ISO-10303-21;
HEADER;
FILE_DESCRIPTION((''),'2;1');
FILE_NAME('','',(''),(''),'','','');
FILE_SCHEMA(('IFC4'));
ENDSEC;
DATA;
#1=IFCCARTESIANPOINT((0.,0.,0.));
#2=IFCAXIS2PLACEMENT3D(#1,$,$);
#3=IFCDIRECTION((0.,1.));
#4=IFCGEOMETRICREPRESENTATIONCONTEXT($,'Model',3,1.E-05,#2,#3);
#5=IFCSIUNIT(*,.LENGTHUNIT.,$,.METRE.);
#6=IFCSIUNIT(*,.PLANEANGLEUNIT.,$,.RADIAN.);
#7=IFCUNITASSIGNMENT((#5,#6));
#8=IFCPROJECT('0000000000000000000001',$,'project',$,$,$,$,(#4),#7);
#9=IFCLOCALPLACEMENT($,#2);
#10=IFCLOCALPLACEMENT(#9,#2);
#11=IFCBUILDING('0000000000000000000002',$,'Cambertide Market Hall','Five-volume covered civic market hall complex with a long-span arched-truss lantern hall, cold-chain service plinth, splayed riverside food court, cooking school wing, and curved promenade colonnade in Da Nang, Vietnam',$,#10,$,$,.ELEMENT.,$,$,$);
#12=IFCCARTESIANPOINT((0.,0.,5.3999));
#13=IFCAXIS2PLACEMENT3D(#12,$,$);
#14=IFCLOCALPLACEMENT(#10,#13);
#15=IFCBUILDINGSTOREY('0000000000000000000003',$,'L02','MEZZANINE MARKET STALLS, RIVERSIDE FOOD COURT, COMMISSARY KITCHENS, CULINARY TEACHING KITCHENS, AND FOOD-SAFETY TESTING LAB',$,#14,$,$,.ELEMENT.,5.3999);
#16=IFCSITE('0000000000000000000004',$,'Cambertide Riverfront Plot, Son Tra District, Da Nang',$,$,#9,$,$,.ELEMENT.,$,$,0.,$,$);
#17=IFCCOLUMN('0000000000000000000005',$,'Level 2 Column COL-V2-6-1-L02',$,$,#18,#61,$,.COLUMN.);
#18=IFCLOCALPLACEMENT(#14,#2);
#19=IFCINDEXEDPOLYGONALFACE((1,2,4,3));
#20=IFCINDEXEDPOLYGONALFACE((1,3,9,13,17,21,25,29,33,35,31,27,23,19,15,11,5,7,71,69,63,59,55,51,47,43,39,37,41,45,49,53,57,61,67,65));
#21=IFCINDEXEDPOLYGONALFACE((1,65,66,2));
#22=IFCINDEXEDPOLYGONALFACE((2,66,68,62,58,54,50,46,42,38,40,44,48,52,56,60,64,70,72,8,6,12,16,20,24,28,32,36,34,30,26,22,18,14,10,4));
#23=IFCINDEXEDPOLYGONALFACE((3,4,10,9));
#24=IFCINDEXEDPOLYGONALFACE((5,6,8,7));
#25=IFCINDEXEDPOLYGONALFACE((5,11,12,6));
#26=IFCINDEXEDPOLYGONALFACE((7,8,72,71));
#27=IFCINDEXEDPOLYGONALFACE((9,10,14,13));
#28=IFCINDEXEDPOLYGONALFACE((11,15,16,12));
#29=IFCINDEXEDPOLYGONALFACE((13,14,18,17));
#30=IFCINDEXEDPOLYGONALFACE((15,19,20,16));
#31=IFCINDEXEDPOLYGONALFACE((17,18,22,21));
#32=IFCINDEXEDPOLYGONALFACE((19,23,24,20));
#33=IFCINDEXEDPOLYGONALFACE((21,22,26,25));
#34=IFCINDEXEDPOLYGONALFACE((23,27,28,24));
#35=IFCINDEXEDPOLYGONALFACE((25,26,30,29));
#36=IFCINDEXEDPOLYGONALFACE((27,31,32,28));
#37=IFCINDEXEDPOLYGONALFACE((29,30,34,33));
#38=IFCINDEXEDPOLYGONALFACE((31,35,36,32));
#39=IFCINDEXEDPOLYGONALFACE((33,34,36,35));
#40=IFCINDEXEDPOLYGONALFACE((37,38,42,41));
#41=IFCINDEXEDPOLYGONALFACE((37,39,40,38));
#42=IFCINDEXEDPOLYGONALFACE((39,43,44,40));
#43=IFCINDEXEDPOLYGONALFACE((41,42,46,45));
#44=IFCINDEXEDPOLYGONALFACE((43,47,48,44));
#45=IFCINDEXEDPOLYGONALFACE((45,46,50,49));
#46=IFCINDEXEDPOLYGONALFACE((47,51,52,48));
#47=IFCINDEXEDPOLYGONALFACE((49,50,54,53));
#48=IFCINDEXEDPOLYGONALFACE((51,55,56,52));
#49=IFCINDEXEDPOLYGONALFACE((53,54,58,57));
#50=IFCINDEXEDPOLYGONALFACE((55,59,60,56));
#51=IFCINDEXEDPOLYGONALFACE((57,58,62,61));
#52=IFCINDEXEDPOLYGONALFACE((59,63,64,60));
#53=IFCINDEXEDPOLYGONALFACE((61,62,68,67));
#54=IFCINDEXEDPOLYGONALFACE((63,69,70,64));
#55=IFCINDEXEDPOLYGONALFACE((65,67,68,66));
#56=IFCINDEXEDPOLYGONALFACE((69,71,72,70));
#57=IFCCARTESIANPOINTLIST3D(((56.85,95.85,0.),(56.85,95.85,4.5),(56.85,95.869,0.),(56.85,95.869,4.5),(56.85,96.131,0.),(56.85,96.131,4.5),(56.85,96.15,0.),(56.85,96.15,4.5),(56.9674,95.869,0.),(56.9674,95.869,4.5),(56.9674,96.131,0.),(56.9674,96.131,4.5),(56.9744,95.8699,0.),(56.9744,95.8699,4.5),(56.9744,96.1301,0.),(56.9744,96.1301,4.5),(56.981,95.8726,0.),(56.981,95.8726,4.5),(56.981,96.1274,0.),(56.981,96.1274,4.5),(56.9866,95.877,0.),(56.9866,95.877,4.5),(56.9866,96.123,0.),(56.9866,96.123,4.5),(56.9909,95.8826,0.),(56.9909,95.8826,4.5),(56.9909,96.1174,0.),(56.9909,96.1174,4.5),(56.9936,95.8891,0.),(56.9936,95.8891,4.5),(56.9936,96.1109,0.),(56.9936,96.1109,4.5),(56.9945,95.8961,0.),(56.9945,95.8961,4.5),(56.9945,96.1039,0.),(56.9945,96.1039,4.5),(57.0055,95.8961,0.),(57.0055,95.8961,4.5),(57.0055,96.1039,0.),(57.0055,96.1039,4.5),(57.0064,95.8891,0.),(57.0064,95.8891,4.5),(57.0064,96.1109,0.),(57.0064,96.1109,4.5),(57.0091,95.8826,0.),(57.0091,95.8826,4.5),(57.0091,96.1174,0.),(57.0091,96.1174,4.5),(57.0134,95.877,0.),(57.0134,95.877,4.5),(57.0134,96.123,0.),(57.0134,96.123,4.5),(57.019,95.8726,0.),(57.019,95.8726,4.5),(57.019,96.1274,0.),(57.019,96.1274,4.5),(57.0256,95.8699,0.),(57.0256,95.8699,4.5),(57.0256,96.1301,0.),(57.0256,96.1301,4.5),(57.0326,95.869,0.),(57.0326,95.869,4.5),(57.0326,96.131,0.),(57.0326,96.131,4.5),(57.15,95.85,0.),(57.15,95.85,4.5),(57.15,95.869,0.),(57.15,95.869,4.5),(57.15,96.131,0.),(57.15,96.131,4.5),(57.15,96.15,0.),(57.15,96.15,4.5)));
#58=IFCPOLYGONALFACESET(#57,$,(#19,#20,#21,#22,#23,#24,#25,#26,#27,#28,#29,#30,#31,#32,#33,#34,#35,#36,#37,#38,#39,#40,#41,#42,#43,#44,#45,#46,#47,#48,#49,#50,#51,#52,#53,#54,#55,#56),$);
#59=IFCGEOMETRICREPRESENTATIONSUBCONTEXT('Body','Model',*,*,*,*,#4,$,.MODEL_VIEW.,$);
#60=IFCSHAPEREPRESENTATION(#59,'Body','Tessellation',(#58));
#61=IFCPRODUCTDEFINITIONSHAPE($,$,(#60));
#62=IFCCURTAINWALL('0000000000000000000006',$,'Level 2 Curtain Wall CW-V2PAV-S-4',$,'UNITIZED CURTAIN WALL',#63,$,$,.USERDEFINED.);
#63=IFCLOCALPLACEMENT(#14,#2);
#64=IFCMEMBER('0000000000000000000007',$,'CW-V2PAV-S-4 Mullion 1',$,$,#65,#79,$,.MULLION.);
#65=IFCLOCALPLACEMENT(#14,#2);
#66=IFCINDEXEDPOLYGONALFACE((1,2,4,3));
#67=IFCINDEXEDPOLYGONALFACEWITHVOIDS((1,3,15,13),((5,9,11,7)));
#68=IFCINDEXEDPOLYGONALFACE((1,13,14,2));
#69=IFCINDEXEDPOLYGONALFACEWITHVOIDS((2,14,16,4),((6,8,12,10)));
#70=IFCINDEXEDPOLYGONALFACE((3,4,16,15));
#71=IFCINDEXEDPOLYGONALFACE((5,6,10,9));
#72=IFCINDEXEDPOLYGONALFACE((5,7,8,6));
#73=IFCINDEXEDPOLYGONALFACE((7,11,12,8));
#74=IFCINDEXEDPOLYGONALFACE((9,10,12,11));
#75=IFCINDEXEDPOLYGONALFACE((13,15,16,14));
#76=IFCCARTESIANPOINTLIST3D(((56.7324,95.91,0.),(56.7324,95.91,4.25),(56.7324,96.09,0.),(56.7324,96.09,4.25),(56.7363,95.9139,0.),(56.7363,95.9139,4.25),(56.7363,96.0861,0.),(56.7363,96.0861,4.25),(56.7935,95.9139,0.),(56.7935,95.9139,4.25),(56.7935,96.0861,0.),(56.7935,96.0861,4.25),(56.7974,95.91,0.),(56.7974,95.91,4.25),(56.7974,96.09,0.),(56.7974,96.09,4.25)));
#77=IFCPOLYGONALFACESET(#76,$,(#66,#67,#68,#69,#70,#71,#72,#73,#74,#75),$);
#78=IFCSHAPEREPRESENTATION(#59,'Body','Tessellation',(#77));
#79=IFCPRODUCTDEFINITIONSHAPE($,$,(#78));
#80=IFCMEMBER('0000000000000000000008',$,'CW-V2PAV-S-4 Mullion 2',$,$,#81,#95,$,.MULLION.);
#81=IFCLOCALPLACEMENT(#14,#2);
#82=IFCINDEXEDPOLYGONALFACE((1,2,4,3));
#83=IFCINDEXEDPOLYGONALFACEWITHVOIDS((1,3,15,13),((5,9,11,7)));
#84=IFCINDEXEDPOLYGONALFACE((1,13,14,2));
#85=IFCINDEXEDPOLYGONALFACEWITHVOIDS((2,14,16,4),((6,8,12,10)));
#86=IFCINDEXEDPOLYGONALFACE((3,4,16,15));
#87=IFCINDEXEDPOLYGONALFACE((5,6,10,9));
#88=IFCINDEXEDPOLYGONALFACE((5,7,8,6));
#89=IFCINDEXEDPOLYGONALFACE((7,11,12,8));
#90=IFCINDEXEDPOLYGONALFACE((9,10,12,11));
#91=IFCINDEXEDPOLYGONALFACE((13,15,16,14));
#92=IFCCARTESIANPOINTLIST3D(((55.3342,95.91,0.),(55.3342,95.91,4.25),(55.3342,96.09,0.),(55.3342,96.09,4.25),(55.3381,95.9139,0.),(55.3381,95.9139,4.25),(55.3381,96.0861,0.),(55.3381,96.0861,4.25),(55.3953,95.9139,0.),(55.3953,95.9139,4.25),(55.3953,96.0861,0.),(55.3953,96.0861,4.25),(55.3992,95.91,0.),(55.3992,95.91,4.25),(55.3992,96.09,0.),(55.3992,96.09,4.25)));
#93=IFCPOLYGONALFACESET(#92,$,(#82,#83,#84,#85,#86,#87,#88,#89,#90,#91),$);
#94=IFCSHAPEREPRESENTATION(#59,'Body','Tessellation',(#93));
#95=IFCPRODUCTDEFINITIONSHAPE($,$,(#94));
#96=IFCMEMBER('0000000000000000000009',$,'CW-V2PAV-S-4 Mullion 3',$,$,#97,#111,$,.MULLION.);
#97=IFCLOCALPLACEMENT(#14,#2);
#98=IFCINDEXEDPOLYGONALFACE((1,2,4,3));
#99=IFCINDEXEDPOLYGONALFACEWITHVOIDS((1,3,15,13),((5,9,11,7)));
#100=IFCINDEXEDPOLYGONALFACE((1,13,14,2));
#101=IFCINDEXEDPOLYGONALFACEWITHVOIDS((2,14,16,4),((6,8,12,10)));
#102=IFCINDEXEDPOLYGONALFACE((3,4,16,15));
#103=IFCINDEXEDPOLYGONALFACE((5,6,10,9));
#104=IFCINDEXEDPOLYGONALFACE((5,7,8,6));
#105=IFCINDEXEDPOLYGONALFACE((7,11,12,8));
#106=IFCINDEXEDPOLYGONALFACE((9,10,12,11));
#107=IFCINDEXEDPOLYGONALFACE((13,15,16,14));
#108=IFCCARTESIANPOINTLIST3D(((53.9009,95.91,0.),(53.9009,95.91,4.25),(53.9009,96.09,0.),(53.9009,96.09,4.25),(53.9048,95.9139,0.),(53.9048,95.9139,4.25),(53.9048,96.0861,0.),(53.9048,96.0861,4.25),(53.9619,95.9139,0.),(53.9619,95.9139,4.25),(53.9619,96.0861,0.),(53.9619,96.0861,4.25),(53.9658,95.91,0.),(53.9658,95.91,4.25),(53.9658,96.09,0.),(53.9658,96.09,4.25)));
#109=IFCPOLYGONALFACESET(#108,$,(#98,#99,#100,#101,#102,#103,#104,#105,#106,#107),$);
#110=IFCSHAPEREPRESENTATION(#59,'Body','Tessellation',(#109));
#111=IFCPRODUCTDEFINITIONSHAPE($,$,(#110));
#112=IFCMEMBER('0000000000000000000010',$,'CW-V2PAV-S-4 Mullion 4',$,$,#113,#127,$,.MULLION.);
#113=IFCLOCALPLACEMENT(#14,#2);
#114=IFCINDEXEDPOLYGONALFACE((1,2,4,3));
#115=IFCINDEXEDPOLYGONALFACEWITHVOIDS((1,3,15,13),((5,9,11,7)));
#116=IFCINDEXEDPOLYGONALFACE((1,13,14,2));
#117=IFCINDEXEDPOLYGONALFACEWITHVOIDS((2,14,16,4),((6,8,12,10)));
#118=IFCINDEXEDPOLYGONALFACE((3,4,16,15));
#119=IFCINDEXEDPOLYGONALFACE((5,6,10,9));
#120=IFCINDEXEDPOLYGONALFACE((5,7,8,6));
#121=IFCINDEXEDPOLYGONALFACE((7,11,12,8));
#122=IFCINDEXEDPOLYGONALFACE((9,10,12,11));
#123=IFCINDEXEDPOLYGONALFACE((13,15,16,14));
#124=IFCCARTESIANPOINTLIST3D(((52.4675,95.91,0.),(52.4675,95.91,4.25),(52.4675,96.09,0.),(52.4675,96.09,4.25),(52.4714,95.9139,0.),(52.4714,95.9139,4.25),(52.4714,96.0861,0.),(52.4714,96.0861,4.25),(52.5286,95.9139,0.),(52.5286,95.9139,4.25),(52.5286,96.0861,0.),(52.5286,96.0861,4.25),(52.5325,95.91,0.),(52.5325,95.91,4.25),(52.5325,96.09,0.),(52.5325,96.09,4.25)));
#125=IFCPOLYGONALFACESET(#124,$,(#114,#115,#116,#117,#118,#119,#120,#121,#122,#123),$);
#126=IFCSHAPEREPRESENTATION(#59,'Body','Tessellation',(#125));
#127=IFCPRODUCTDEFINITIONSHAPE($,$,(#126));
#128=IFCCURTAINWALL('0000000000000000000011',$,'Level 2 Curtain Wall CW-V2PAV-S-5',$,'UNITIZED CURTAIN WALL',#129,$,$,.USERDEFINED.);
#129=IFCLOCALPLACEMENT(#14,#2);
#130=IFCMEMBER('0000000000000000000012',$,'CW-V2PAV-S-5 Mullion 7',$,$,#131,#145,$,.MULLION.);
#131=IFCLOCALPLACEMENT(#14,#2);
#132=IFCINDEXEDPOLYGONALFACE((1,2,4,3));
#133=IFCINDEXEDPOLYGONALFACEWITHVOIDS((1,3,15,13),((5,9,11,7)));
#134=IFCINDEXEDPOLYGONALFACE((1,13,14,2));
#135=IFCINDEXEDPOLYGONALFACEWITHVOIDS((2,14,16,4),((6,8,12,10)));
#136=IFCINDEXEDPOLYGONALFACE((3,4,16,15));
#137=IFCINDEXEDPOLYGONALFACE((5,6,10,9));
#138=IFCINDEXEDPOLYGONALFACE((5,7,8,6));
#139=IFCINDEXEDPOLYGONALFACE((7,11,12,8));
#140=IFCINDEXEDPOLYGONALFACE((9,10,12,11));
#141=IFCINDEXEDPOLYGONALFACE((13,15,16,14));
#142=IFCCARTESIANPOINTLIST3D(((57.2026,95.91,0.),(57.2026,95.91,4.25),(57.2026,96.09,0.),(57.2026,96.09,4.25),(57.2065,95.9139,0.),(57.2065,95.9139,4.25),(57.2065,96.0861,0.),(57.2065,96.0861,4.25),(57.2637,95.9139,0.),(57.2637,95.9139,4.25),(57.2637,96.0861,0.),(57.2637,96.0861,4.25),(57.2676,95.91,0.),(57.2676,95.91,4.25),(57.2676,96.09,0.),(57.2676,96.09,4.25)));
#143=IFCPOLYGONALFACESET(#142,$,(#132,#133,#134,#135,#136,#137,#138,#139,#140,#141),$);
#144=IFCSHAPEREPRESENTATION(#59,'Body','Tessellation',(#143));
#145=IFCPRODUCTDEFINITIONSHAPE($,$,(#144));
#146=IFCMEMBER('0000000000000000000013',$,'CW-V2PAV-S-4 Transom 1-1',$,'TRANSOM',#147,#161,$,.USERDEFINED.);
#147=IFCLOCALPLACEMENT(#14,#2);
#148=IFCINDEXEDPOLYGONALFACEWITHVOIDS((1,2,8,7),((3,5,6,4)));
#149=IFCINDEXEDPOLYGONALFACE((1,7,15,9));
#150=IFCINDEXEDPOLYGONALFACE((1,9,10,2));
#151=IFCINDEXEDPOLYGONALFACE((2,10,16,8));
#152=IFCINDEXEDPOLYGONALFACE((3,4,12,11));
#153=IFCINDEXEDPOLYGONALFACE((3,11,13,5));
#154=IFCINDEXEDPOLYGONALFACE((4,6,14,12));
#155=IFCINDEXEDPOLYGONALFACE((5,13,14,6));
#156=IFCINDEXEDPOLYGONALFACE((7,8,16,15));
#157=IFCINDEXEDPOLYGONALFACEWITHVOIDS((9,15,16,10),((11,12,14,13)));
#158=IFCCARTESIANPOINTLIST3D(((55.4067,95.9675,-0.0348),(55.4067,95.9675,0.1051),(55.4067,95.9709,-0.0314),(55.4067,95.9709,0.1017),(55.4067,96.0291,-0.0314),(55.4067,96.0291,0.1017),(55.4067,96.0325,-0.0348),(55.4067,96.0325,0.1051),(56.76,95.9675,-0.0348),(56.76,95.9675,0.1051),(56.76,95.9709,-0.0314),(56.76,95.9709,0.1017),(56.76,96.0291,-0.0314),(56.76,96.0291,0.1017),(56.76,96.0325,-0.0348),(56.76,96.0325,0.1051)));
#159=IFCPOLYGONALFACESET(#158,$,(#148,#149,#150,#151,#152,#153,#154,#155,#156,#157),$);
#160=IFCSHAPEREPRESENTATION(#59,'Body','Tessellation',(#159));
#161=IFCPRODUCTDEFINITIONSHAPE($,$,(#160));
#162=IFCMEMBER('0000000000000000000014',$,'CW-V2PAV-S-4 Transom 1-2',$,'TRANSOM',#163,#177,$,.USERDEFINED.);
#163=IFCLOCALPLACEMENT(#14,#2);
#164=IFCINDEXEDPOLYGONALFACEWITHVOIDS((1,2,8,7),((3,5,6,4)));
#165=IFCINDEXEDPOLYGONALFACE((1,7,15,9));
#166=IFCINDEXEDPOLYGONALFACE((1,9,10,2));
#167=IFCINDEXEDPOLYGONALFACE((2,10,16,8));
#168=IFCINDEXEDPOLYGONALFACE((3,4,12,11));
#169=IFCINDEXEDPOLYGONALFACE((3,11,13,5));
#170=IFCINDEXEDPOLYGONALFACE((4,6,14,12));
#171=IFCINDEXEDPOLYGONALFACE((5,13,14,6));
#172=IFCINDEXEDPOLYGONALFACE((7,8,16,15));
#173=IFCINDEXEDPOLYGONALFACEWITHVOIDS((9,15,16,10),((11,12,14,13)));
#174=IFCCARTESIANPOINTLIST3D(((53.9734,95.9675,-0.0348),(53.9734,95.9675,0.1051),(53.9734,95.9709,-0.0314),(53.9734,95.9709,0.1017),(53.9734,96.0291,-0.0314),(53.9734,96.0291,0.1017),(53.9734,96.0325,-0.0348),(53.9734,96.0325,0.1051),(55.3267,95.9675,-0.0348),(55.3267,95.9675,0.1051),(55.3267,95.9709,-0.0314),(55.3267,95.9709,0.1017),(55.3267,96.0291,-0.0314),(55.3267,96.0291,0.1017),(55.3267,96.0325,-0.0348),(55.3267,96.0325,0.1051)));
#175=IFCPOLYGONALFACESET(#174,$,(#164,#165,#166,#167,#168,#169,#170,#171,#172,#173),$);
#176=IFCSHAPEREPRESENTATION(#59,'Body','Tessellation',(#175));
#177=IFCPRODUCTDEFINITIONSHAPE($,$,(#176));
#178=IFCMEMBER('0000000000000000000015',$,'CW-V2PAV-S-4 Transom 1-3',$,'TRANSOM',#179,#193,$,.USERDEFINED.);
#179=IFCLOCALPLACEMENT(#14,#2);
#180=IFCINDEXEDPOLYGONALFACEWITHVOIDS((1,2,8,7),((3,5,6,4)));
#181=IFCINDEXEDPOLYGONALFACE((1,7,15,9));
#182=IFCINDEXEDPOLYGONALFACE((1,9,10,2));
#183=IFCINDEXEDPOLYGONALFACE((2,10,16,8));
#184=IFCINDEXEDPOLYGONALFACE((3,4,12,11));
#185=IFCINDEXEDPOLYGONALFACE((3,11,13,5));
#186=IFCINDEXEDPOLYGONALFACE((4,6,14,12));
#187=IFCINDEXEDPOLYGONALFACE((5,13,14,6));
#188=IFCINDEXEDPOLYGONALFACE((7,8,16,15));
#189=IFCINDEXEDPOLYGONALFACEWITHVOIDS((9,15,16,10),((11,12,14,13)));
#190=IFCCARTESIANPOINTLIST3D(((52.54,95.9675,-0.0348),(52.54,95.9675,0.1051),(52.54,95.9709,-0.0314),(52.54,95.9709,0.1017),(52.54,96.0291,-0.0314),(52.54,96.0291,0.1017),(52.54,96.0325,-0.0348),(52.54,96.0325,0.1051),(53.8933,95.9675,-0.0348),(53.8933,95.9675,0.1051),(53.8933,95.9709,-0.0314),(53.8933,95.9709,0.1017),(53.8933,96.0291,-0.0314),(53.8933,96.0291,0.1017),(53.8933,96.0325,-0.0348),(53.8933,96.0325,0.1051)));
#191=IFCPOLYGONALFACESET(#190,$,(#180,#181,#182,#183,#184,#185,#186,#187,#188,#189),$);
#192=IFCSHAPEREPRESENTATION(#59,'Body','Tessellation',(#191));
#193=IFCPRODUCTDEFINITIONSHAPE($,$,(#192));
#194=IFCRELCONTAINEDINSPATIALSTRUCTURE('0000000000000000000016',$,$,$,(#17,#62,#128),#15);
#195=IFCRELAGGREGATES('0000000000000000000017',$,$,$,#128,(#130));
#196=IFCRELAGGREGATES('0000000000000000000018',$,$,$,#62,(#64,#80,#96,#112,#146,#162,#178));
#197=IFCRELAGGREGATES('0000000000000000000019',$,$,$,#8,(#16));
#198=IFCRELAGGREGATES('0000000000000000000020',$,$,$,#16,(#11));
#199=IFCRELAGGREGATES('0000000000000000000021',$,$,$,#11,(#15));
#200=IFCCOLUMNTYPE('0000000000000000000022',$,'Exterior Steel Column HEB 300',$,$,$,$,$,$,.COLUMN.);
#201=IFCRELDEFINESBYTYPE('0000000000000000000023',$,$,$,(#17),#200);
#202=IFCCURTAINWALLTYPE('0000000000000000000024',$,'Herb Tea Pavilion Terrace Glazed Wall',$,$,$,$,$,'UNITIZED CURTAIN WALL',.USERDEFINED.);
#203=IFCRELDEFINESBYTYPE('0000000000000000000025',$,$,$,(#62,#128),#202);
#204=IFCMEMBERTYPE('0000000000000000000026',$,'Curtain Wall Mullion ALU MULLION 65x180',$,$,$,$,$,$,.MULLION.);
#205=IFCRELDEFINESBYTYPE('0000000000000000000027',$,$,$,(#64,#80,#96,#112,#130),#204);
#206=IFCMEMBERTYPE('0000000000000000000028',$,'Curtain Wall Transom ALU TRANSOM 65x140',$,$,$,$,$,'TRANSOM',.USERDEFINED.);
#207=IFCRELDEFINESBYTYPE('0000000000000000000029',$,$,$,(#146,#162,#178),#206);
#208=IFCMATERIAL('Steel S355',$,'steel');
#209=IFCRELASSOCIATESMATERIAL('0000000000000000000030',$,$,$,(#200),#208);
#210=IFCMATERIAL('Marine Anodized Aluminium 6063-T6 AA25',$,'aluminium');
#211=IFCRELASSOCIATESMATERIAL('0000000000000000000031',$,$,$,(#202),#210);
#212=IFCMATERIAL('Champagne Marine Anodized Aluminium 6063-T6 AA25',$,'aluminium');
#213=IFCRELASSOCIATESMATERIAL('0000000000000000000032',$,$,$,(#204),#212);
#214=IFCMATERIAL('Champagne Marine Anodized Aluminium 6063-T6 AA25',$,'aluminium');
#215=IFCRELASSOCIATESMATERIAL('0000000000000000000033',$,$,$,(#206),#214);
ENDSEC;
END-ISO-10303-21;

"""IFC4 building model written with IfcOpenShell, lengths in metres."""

from ifc_helpers import new_model, si_unit, direction, frame, origin, origin_2d, place, context, subcontext, project, spatial, hollow_rectangle, i_section, extrude, material, material_profile, profile_set, type_object, element, aggregate, save


model = new_model("IFC4")

# Units and contexts
model_context = context("Model", 3, precision=1e-05, world=origin(), true_north=direction((0.0, 1.0)))
body_context = subcontext(model_context, "Body", "Model", "MODEL_VIEW")
ifc_project = project(units=[si_unit("LENGTHUNIT", "METRE"), si_unit("PLANEANGLEUNIT", "RADIAN")], contexts=[model_context])

# Site, building, storey
site_placement = place(None, origin())
site = spatial("IfcSite", under=ifc_project, at=site_placement, Name="Cambertide Riverfront Plot, Son Tra District, Da Nang", CompositionType="ELEMENT", RefElevation=0.0)
building_placement = place(site_placement, origin())
building = spatial("IfcBuilding", under=site, at=building_placement, Name="Cambertide Market Hall", Description="Five-volume covered civic market hall complex with a long-span arched-truss lantern hall, cold-chain service plinth, splayed riverside food court, cooking school wing, and curved promenade colonnade in Da Nang, Vietnam", CompositionType="ELEMENT")
storey_placement = place(building_placement, frame((0.0, 0.0, 5.3999)))
storey = spatial("IfcBuildingStorey", under=building, at=storey_placement, Name="L02", Description="MEZZANINE MARKET STALLS, RIVERSIDE FOOD COURT, COMMISSARY KITCHENS, CULINARY TEACHING KITCHENS, AND FOOD-SAFETY TESTING LAB", CompositionType="ELEMENT", Elevation=5.3999)

# Column
ifc_material_1 = material(Name="Steel S355", Category="steel")
ifc_material_profile_1 = material_profile(ifc_material_1, i_section(OverallWidth=0.3, OverallDepth=0.3, WebThickness=0.011, FlangeThickness=0.019, FilletRadius=0.0271, at=origin_2d()), Name="HEB 300")
ifc_profile_set_1 = profile_set([ifc_material_profile_1], Name="Steel S355")
column_type = type_object("IfcColumnType", Name="Exterior Steel Column HEB 300", PredefinedType="COLUMN", material=ifc_profile_set_1)
column_placement = place(storey_placement, frame((57.0, 96.0, 0.0), z_axis=(0.0, 0.0, 1.0), x_axis=(1.0, 0.0, 0.0)))
element("IfcColumn", 1, at=column_placement, inside=storey, type_object=column_type, Name="Level 2 Column COL-V2-6-1-L02", PredefinedType="COLUMN", context=body_context, shape_type="SweptSolid", body=[
    extrude(i_section(OverallWidth=0.3, OverallDepth=0.3, WebThickness=0.011, FlangeThickness=0.019, FilletRadius=0.0271, at=origin_2d()), origin(), (0.0, 0.0, 1.0), 4.5),
])

# Curtain wall, members
ifc_material_2 = material(Name="Marine Anodized Aluminium 6063-T6 AA25", Category="aluminium")
curtain_wall_type = type_object("IfcCurtainWallType", Name="Herb Tea Pavilion Terrace Glazed Wall", ElementType="UNITIZED CURTAIN WALL", PredefinedType="USERDEFINED", material=ifc_material_2)
curtain_wall_1_placement = place(storey_placement, origin())
curtain_wall_1 = element("IfcCurtainWall", 2, at=curtain_wall_1_placement, inside=storey, type_object=curtain_wall_type, Name="Level 2 Curtain Wall CW-V2PAV-S-4", ObjectType="UNITIZED CURTAIN WALL", PredefinedType="USERDEFINED")
ifc_material_3 = material(Name="Champagne Marine Anodized Aluminium 6063-T6 AA25", Category="aluminium")
ifc_material_profile_2 = material_profile(ifc_material_3, hollow_rectangle(XDim=0.0649, YDim=0.1799, WallThickness=0.0039, at=origin_2d()), Name="ALU MULLION 65x180")
ifc_profile_set_2 = profile_set([ifc_material_profile_2], Name="Champagne Marine Anodized Aluminium 6063-T6 AA25")
member_type_1 = type_object("IfcMemberType", Name="Curtain Wall Mullion ALU MULLION 65x180", PredefinedType="MULLION", material=ifc_profile_set_2)
member_1_placement = place(storey_placement, frame((56.7649, 96.0, 0.0), z_axis=(0.0, 0.0, 1.0), x_axis=(-1.0, 0.0, 0.0)))
member_1 = element("IfcMember", 3, at=member_1_placement, type_object=member_type_1, Name="CW-V2PAV-S-4 Mullion 1", PredefinedType="MULLION", context=body_context, shape_type="SweptSolid", body=[
    extrude(hollow_rectangle(XDim=0.0649, YDim=0.1799, WallThickness=0.0039, at=origin_2d()), origin(), (0.0, 0.0, 1.0), 4.25),
])
member_2_placement = place(storey_placement, frame((55.3667, 96.0, 0.0), z_axis=(0.0, 0.0, 1.0), x_axis=(-1.0, 0.0, 0.0)))
member_2 = element("IfcMember", 4, at=member_2_placement, type_object=member_type_1, Name="CW-V2PAV-S-4 Mullion 2", PredefinedType="MULLION", context=body_context, shape_type="SweptSolid", body=[
    extrude(hollow_rectangle(XDim=0.0649, YDim=0.1799, WallThickness=0.0039, at=origin_2d()), origin(), (0.0, 0.0, 1.0), 4.25),
])
member_3_placement = place(storey_placement, frame((53.9333, 96.0, 0.0), z_axis=(0.0, 0.0, 1.0), x_axis=(-1.0, 0.0, 0.0)))
member_3 = element("IfcMember", 5, at=member_3_placement, type_object=member_type_1, Name="CW-V2PAV-S-4 Mullion 3", PredefinedType="MULLION", context=body_context, shape_type="SweptSolid", body=[
    extrude(hollow_rectangle(XDim=0.0649, YDim=0.1799, WallThickness=0.0039, at=origin_2d()), origin(), (0.0, 0.0, 1.0), 4.25),
])
member_4_placement = place(storey_placement, frame((52.5, 96.0, 0.0), z_axis=(0.0, 0.0, 1.0), x_axis=(-1.0, 0.0, 0.0)))
member_4 = element("IfcMember", 6, at=member_4_placement, type_object=member_type_1, Name="CW-V2PAV-S-4 Mullion 4", PredefinedType="MULLION", context=body_context, shape_type="SweptSolid", body=[
    extrude(hollow_rectangle(XDim=0.0649, YDim=0.1799, WallThickness=0.0039, at=origin_2d()), origin(), (0.0, 0.0, 1.0), 4.25),
])

# Curtain wall, member
curtain_wall_2_placement = place(storey_placement, origin())
curtain_wall_2 = element("IfcCurtainWall", 7, at=curtain_wall_2_placement, inside=storey, type_object=curtain_wall_type, Name="Level 2 Curtain Wall CW-V2PAV-S-5", ObjectType="UNITIZED CURTAIN WALL", PredefinedType="USERDEFINED")
member_5_placement = place(storey_placement, frame((57.2351, 96.0, 0.0), z_axis=(0.0, 0.0, 1.0), x_axis=(-1.0, 0.0, 0.0)))
member_5 = element("IfcMember", 8, at=member_5_placement, type_object=member_type_1, Name="CW-V2PAV-S-5 Mullion 7", PredefinedType="MULLION", context=body_context, shape_type="SweptSolid", body=[
    extrude(hollow_rectangle(XDim=0.0649, YDim=0.1799, WallThickness=0.0039, at=origin_2d()), origin(), (0.0, 0.0, 1.0), 4.25),
])
aggregate(curtain_wall_2, [member_5])

# Members
ifc_material_4 = material(Name="Champagne Marine Anodized Aluminium 6063-T6 AA25", Category="aluminium")
ifc_material_profile_3 = material_profile(ifc_material_4, hollow_rectangle(XDim=0.0649, YDim=0.1399, WallThickness=0.0034, at=origin_2d()), Name="ALU TRANSOM 65x140")
ifc_profile_set_3 = profile_set([ifc_material_profile_3], Name="Champagne Marine Anodized Aluminium 6063-T6 AA25")
member_type_2 = type_object("IfcMemberType", Name="Curtain Wall Transom ALU TRANSOM 65x140", ElementType="TRANSOM", PredefinedType="USERDEFINED", material=ifc_profile_set_3)
member_6_placement = place(storey_placement, frame((56.76, 96.0, 0.0352), z_axis=(-1.0, 0.0, 0.0), x_axis=(0.0, -1.0, 0.0)))
member_6 = element("IfcMember", 9, at=member_6_placement, type_object=member_type_2, Name="CW-V2PAV-S-4 Transom 1-1", ObjectType="TRANSOM", PredefinedType="USERDEFINED", context=body_context, shape_type="SweptSolid", body=[
    extrude(hollow_rectangle(XDim=0.0649, YDim=0.1399, WallThickness=0.0034, at=origin_2d()), origin(), (0.0, 0.0, 1.0), 1.3533),
])
member_7_placement = place(storey_placement, frame((55.3267, 96.0, 0.0352), z_axis=(-1.0, 0.0, 0.0), x_axis=(0.0, -1.0, 0.0)))
member_7 = element("IfcMember", 10, at=member_7_placement, type_object=member_type_2, Name="CW-V2PAV-S-4 Transom 1-2", ObjectType="TRANSOM", PredefinedType="USERDEFINED", context=body_context, shape_type="SweptSolid", body=[
    extrude(hollow_rectangle(XDim=0.0649, YDim=0.1399, WallThickness=0.0034, at=origin_2d()), origin(), (0.0, 0.0, 1.0), 1.3533),
])
member_8_placement = place(storey_placement, frame((53.8933, 96.0, 0.0352), z_axis=(-1.0, 0.0, 0.0), x_axis=(0.0, -1.0, 0.0)))
member_8 = element("IfcMember", 11, at=member_8_placement, type_object=member_type_2, Name="CW-V2PAV-S-4 Transom 1-3", ObjectType="TRANSOM", PredefinedType="USERDEFINED", context=body_context, shape_type="SweptSolid", body=[
    extrude(hollow_rectangle(XDim=0.0649, YDim=0.1399, WallThickness=0.0034, at=origin_2d()), origin(), (0.0, 0.0, 1.0), 1.3533),
])

aggregate(curtain_wall_1, [member_1, member_2, member_3, member_4, member_6, member_7, member_8])

save(model, "model.ifc")
